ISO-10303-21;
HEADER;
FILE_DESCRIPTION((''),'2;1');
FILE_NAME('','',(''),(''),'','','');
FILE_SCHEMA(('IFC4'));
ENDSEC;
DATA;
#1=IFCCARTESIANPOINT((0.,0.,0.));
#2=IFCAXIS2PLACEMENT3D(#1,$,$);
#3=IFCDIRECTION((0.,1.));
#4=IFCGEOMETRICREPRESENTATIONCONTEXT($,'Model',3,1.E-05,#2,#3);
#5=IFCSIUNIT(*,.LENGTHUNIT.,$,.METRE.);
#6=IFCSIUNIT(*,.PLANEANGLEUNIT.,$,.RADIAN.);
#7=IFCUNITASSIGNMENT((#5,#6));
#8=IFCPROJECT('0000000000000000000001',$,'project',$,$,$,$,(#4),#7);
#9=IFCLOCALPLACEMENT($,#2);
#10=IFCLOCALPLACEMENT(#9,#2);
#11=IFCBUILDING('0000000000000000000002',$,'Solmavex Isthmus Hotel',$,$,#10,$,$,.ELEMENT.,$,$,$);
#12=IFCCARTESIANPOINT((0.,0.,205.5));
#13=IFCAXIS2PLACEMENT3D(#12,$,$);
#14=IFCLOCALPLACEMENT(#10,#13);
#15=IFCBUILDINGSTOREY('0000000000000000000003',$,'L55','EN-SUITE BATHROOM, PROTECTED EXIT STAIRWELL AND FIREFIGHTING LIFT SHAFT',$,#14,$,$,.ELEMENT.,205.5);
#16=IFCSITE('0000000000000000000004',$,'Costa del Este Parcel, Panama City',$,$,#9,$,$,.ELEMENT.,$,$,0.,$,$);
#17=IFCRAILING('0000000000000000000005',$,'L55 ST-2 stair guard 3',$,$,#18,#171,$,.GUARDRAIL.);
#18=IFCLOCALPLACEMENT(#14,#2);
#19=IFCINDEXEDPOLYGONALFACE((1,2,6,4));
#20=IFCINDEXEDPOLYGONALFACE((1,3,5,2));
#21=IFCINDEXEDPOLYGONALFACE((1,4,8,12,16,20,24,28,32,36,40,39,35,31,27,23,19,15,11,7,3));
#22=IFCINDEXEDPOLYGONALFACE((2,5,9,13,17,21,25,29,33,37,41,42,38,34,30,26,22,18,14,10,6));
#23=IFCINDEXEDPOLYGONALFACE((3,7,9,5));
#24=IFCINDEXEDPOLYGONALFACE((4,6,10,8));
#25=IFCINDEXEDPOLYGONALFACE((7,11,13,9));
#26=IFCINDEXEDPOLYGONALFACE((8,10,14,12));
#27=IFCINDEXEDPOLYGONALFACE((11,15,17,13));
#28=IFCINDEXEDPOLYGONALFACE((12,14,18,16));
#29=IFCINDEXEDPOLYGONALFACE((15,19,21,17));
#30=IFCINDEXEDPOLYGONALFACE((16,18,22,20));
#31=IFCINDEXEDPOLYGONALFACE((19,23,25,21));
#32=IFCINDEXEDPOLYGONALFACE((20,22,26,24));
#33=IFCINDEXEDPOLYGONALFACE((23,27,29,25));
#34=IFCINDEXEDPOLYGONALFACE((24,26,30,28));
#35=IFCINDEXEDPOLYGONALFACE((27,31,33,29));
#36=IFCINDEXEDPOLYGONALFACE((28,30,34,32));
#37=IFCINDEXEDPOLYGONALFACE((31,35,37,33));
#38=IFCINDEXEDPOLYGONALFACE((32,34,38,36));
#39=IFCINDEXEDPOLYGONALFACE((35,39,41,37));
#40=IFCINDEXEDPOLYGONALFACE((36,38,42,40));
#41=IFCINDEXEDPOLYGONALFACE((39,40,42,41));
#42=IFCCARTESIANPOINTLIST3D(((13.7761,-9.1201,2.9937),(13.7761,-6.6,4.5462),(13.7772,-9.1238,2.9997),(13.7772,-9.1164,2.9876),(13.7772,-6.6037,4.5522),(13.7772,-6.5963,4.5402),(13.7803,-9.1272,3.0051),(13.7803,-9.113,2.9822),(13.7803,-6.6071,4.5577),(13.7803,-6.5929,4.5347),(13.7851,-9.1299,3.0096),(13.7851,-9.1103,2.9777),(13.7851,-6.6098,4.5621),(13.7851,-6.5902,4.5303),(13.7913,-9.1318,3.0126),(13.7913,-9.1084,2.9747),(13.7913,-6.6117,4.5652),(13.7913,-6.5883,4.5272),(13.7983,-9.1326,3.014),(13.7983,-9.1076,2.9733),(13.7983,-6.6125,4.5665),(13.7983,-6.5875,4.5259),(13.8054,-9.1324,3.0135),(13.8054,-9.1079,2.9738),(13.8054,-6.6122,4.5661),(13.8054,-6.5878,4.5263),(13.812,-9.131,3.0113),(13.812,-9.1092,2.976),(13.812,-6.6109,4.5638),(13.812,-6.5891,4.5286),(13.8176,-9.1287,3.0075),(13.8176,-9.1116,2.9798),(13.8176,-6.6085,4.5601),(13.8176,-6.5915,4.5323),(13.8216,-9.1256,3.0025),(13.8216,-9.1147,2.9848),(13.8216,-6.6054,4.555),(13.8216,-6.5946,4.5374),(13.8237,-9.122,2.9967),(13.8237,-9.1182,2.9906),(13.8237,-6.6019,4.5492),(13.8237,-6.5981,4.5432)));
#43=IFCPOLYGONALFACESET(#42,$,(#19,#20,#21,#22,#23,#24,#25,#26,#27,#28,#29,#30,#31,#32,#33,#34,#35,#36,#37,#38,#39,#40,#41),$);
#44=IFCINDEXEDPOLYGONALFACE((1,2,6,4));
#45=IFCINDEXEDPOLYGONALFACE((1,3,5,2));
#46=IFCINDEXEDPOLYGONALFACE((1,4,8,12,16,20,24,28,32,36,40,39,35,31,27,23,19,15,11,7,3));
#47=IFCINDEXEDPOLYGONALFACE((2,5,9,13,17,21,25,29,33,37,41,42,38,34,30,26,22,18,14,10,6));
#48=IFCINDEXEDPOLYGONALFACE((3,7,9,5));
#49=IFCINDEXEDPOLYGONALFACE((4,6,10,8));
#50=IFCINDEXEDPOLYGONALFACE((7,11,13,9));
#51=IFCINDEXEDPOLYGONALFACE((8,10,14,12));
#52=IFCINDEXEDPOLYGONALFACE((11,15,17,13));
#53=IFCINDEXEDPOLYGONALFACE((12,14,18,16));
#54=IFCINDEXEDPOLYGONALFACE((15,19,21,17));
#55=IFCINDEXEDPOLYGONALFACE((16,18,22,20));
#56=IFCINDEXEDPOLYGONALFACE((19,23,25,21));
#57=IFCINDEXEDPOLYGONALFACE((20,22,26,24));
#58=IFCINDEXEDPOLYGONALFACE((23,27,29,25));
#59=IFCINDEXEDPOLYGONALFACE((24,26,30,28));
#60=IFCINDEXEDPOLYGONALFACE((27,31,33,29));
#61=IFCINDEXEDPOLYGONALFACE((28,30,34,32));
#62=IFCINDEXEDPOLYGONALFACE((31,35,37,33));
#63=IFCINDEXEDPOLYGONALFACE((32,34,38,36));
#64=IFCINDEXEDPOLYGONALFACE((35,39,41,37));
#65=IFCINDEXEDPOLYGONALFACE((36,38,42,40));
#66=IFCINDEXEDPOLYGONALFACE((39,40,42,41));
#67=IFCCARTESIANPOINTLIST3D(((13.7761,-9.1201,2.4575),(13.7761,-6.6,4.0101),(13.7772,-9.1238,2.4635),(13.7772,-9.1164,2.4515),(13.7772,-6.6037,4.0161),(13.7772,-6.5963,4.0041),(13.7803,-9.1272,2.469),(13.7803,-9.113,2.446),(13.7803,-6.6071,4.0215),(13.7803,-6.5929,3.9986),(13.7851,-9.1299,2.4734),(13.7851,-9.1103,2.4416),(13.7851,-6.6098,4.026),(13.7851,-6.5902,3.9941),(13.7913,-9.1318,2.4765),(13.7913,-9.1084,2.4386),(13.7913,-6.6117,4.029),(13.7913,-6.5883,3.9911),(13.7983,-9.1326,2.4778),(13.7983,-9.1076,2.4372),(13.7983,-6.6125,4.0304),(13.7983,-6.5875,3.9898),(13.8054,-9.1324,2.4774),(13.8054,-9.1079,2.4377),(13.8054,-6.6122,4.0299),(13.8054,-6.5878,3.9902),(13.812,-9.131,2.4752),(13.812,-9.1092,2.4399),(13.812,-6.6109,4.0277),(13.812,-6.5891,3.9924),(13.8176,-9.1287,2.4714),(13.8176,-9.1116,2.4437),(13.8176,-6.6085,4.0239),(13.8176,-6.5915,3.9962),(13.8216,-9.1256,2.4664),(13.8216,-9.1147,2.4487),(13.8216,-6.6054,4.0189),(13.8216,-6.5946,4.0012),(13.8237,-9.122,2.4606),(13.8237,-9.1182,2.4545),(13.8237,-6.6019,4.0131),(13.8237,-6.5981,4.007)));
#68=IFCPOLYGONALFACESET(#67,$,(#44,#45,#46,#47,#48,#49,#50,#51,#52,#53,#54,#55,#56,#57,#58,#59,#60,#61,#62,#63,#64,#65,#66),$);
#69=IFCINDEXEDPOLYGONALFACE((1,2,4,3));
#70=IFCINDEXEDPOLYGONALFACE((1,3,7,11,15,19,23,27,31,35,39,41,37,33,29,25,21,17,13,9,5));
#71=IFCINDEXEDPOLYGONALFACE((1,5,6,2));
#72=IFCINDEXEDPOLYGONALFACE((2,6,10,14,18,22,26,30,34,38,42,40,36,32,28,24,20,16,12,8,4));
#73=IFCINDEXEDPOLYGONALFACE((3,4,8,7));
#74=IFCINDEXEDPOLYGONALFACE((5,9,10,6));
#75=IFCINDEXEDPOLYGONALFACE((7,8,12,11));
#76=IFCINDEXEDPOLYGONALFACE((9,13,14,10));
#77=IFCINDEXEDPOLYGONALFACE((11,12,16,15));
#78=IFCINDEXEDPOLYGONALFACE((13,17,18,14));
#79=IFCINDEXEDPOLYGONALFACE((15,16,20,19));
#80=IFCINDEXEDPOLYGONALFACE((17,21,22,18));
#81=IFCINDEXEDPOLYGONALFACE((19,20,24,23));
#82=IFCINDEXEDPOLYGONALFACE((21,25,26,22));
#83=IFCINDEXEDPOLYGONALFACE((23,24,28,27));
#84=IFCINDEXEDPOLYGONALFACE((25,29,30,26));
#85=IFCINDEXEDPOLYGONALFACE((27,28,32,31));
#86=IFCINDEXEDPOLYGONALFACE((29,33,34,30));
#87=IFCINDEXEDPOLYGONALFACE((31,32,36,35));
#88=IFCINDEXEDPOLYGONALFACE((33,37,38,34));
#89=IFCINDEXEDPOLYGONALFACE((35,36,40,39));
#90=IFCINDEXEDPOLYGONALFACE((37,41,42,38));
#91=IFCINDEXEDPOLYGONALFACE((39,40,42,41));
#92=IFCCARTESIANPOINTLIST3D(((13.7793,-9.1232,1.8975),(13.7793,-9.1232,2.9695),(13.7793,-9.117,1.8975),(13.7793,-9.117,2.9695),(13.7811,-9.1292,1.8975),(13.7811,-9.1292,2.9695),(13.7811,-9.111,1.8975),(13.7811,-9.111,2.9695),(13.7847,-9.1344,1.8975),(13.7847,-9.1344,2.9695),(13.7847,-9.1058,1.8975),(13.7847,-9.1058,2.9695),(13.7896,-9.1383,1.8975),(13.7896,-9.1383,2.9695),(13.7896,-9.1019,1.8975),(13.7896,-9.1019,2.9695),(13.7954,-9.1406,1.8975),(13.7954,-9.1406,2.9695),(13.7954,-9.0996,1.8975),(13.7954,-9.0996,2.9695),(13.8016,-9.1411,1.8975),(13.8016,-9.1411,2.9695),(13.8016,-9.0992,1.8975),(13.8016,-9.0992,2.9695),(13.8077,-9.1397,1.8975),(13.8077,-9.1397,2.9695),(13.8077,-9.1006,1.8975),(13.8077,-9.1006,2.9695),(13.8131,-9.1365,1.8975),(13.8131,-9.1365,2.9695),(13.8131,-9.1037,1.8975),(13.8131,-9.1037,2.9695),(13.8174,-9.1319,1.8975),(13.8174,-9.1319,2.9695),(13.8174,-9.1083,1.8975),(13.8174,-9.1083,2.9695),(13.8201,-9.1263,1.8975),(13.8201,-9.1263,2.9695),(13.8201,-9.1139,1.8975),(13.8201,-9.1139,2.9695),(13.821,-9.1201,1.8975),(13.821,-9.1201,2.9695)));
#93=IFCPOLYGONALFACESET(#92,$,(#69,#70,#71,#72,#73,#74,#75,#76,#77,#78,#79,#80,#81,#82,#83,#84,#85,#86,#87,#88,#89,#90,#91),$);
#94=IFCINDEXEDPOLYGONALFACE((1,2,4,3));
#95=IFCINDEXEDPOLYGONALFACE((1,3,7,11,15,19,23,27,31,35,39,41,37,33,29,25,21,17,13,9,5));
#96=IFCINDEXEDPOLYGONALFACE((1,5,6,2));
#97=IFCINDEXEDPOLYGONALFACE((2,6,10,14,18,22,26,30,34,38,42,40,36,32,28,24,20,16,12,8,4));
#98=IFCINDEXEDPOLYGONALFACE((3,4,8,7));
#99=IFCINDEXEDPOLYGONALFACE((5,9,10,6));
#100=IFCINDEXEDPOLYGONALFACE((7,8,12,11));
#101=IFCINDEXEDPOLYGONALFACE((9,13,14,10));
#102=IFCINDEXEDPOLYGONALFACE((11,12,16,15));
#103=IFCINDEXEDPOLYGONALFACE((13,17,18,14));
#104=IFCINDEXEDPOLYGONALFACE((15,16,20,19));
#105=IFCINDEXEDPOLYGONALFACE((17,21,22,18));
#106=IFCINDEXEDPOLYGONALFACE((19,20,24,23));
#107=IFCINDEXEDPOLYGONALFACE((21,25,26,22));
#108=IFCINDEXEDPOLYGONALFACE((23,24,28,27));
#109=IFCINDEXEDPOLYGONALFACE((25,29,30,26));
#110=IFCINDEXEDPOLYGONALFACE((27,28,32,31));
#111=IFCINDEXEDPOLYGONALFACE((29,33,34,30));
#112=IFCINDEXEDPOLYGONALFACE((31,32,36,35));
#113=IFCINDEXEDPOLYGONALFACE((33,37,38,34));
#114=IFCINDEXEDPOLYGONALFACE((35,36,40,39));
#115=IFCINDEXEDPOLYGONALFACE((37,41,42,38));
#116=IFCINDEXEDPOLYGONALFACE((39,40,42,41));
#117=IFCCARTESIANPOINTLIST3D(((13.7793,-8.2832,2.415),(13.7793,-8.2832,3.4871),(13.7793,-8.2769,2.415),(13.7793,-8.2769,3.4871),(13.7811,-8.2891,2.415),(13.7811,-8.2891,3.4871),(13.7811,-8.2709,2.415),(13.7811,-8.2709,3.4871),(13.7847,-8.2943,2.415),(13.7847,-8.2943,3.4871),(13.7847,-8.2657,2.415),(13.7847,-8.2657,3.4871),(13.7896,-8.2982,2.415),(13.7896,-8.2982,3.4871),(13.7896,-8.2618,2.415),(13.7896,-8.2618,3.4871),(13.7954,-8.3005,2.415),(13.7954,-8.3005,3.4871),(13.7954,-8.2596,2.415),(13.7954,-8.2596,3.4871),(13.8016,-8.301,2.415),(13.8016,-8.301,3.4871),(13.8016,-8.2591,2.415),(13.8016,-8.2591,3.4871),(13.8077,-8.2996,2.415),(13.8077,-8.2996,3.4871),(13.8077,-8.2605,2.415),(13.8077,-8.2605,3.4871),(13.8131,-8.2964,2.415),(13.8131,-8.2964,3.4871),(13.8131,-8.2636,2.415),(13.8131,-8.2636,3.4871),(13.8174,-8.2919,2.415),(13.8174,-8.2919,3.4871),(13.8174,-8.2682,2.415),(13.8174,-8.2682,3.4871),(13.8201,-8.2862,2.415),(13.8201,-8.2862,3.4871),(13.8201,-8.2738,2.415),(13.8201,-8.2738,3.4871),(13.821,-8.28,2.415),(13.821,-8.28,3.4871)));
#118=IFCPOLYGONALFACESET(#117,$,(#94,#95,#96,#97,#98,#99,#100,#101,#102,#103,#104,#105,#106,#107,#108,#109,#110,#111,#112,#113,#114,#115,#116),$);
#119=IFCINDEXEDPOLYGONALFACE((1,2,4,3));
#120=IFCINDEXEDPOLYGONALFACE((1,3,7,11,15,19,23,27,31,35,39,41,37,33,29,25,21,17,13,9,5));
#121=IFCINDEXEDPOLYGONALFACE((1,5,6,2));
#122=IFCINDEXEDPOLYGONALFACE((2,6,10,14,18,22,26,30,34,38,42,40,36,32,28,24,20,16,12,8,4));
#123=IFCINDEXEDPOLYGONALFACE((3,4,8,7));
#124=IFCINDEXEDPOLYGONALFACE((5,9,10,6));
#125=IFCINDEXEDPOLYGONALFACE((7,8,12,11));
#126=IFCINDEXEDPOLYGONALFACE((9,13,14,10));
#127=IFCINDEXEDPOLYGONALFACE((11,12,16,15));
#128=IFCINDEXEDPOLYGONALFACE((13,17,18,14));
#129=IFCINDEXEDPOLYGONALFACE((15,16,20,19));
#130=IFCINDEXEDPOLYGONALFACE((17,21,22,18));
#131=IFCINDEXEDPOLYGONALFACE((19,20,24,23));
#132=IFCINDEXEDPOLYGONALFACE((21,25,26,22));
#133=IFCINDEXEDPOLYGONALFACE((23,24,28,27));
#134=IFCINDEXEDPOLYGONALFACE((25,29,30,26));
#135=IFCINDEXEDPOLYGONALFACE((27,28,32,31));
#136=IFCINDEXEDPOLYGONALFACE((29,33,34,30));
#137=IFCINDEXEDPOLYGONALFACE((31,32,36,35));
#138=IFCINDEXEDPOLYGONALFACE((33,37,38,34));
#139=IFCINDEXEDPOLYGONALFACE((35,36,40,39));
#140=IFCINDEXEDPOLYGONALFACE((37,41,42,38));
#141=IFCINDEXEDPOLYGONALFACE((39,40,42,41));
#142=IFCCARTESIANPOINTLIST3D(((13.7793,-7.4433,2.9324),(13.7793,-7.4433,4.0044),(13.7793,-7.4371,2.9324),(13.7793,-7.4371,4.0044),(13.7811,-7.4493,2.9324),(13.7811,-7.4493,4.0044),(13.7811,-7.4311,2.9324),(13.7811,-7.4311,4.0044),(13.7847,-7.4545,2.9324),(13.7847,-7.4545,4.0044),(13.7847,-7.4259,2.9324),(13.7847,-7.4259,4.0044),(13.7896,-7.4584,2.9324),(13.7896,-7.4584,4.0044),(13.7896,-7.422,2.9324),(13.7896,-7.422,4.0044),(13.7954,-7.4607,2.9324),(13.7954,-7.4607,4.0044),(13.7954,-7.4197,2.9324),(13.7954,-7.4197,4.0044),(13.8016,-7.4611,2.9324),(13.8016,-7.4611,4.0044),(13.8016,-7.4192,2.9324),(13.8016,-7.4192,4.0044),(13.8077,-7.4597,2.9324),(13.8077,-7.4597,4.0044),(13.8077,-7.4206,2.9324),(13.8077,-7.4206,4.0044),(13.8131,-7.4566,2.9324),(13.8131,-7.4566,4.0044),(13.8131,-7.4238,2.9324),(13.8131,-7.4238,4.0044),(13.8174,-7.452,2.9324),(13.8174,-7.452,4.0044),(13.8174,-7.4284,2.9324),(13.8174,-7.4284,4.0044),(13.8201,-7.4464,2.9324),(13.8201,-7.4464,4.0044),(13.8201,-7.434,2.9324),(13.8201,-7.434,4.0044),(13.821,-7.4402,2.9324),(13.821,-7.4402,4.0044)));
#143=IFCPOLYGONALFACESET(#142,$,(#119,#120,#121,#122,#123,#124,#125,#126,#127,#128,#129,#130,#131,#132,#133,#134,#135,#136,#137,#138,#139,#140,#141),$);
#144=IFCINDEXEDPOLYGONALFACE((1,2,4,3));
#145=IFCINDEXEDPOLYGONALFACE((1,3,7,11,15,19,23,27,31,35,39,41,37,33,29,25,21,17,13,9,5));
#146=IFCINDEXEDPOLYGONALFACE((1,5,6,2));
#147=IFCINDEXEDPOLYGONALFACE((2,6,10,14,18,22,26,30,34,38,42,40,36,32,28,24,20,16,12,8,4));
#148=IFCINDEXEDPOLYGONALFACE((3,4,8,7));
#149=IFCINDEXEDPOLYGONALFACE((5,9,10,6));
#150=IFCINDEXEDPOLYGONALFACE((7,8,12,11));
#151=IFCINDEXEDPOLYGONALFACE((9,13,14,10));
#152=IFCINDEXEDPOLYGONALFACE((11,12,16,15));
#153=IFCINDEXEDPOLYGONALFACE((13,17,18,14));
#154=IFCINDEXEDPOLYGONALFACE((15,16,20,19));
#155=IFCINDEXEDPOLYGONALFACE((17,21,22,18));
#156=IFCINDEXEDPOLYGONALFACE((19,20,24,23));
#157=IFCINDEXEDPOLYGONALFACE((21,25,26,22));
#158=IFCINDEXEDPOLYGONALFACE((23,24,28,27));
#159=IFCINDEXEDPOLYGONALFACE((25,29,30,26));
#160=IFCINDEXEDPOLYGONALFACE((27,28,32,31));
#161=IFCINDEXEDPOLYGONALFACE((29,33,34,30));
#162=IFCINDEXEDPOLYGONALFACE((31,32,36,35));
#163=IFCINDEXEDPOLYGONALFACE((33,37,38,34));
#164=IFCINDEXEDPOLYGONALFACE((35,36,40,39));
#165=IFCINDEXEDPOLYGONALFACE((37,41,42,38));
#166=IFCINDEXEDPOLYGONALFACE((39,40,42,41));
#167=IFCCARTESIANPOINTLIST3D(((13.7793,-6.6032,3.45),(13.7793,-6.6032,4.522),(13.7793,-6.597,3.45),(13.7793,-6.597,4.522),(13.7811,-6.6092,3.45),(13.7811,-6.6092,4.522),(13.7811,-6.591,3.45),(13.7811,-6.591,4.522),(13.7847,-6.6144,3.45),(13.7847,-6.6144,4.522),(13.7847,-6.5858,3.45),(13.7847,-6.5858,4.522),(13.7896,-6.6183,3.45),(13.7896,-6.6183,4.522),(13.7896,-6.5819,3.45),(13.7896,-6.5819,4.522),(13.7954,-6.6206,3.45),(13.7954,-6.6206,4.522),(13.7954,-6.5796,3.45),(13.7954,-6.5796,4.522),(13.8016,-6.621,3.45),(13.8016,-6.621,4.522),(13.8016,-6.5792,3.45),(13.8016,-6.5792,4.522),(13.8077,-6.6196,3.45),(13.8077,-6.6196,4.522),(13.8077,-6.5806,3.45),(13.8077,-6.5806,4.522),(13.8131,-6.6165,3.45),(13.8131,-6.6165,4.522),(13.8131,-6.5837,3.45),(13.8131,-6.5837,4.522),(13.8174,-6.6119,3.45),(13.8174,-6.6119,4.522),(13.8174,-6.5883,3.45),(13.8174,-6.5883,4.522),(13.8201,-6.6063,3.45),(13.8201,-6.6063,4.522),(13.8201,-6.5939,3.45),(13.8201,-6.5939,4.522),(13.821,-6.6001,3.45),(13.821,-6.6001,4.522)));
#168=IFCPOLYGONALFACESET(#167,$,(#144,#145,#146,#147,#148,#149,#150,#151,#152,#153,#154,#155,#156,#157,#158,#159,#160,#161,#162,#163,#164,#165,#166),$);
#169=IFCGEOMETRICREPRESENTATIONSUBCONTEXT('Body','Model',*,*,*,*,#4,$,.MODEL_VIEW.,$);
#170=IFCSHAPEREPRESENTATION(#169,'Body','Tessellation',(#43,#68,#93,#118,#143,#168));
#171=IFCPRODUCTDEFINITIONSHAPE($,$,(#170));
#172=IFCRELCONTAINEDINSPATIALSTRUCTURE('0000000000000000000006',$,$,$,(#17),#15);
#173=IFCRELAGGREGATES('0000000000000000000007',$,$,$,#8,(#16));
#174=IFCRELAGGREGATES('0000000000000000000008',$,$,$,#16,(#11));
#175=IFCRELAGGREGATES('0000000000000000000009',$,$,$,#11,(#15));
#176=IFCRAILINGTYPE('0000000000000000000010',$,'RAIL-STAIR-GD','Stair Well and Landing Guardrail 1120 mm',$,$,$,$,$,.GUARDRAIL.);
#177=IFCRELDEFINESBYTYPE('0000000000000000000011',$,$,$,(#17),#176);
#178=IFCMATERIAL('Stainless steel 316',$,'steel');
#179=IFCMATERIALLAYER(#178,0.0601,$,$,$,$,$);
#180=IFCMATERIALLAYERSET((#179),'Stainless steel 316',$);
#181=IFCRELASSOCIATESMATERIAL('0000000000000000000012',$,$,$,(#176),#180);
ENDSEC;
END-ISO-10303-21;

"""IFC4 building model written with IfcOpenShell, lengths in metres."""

from ifc_helpers import new_model, si_unit, direction, frame, origin, origin_2d, place, context, subcontext, project, spatial, circle, extrude, material, layer, layer_set, type_object, element, save


model = new_model("IFC4")

# Units and contexts
model_context = context("Model", 3, precision=1e-05, world=origin(), true_north=direction((0.0, 1.0)))
body_context = subcontext(model_context, "Body", "Model", "MODEL_VIEW")
ifc_project = project(units=[si_unit("LENGTHUNIT", "METRE"), si_unit("PLANEANGLEUNIT", "RADIAN")], contexts=[model_context])

# Site, building, storey
site_placement = place(None, origin())
site = spatial("IfcSite", under=ifc_project, at=site_placement, Name="Costa del Este Parcel, Panama City", CompositionType="ELEMENT", RefElevation=0.0)
building_placement = place(site_placement, origin())
building = spatial("IfcBuilding", under=site, at=building_placement, Name="Solmavex Isthmus Hotel", CompositionType="ELEMENT")
storey_placement = place(building_placement, frame((0.0, 0.0, 205.5)))
storey = spatial("IfcBuildingStorey", under=building, at=storey_placement, Name="L55", Description="EN-SUITE BATHROOM, PROTECTED EXIT STAIRWELL AND FIREFIGHTING LIFT SHAFT", CompositionType="ELEMENT", Elevation=205.5)

# Railing
ifc_material_1 = material(Name="Stainless steel 316", Category="steel")
ifc_layer_1 = layer(ifc_material_1, 0.0601)
ifc_layer_set_1 = layer_set([ifc_layer_1], Name="Stainless steel 316")
railing_type_1 = type_object("IfcRailingType", Name="RAIL-STAIR-GD", Description="Stair Well and Landing Guardrail 1120 mm", PredefinedType="GUARDRAIL", material=ifc_layer_set_1)
railing_1_placement = place(storey_placement, frame((13.8, -9.1201, 1.8975)))
element("IfcRailing", 1, at=railing_1_placement, inside=storey, type_object=railing_type_1, Name="L55 ST-2 stair guard 3", PredefinedType="GUARDRAIL", context=body_context, shape_type="SweptSolid", body=[
    extrude(circle(Radius=0.0239, at=origin_2d()), frame((0.0, 0.0, 1.0962), z_axis=(0.0, 0.8514, 0.524516), x_axis=(-1.0, 0.0, 0.0)), (0.0, 0.0, 1.0), 2.96),
    extrude(circle(Radius=0.0239, at=origin_2d()), frame((0.0, 0.0, 0.5601), z_axis=(0.0, 0.8514, 0.524516), x_axis=(-1.0, 0.0, 0.0)), (0.0, 0.0, 1.0), 2.96),
    extrude(circle(Radius=0.021, at=origin_2d()), origin(), (0.0, 0.0, 1.0), 1.072),
    extrude(circle(Radius=0.021, at=origin_2d()), frame((0.0, 0.8401, 0.5176)), (0.0, 0.0, 1.0), 1.072),
    extrude(circle(Radius=0.021, at=origin_2d()), frame((0.0, 1.6799, 1.0349)), (0.0, 0.0, 1.0), 1.072),
    extrude(circle(Radius=0.021, at=origin_2d()), frame((0.0, 2.52, 1.5525)), (0.0, 0.0, 1.0), 1.072),
])

save(model, "model.ifc")
